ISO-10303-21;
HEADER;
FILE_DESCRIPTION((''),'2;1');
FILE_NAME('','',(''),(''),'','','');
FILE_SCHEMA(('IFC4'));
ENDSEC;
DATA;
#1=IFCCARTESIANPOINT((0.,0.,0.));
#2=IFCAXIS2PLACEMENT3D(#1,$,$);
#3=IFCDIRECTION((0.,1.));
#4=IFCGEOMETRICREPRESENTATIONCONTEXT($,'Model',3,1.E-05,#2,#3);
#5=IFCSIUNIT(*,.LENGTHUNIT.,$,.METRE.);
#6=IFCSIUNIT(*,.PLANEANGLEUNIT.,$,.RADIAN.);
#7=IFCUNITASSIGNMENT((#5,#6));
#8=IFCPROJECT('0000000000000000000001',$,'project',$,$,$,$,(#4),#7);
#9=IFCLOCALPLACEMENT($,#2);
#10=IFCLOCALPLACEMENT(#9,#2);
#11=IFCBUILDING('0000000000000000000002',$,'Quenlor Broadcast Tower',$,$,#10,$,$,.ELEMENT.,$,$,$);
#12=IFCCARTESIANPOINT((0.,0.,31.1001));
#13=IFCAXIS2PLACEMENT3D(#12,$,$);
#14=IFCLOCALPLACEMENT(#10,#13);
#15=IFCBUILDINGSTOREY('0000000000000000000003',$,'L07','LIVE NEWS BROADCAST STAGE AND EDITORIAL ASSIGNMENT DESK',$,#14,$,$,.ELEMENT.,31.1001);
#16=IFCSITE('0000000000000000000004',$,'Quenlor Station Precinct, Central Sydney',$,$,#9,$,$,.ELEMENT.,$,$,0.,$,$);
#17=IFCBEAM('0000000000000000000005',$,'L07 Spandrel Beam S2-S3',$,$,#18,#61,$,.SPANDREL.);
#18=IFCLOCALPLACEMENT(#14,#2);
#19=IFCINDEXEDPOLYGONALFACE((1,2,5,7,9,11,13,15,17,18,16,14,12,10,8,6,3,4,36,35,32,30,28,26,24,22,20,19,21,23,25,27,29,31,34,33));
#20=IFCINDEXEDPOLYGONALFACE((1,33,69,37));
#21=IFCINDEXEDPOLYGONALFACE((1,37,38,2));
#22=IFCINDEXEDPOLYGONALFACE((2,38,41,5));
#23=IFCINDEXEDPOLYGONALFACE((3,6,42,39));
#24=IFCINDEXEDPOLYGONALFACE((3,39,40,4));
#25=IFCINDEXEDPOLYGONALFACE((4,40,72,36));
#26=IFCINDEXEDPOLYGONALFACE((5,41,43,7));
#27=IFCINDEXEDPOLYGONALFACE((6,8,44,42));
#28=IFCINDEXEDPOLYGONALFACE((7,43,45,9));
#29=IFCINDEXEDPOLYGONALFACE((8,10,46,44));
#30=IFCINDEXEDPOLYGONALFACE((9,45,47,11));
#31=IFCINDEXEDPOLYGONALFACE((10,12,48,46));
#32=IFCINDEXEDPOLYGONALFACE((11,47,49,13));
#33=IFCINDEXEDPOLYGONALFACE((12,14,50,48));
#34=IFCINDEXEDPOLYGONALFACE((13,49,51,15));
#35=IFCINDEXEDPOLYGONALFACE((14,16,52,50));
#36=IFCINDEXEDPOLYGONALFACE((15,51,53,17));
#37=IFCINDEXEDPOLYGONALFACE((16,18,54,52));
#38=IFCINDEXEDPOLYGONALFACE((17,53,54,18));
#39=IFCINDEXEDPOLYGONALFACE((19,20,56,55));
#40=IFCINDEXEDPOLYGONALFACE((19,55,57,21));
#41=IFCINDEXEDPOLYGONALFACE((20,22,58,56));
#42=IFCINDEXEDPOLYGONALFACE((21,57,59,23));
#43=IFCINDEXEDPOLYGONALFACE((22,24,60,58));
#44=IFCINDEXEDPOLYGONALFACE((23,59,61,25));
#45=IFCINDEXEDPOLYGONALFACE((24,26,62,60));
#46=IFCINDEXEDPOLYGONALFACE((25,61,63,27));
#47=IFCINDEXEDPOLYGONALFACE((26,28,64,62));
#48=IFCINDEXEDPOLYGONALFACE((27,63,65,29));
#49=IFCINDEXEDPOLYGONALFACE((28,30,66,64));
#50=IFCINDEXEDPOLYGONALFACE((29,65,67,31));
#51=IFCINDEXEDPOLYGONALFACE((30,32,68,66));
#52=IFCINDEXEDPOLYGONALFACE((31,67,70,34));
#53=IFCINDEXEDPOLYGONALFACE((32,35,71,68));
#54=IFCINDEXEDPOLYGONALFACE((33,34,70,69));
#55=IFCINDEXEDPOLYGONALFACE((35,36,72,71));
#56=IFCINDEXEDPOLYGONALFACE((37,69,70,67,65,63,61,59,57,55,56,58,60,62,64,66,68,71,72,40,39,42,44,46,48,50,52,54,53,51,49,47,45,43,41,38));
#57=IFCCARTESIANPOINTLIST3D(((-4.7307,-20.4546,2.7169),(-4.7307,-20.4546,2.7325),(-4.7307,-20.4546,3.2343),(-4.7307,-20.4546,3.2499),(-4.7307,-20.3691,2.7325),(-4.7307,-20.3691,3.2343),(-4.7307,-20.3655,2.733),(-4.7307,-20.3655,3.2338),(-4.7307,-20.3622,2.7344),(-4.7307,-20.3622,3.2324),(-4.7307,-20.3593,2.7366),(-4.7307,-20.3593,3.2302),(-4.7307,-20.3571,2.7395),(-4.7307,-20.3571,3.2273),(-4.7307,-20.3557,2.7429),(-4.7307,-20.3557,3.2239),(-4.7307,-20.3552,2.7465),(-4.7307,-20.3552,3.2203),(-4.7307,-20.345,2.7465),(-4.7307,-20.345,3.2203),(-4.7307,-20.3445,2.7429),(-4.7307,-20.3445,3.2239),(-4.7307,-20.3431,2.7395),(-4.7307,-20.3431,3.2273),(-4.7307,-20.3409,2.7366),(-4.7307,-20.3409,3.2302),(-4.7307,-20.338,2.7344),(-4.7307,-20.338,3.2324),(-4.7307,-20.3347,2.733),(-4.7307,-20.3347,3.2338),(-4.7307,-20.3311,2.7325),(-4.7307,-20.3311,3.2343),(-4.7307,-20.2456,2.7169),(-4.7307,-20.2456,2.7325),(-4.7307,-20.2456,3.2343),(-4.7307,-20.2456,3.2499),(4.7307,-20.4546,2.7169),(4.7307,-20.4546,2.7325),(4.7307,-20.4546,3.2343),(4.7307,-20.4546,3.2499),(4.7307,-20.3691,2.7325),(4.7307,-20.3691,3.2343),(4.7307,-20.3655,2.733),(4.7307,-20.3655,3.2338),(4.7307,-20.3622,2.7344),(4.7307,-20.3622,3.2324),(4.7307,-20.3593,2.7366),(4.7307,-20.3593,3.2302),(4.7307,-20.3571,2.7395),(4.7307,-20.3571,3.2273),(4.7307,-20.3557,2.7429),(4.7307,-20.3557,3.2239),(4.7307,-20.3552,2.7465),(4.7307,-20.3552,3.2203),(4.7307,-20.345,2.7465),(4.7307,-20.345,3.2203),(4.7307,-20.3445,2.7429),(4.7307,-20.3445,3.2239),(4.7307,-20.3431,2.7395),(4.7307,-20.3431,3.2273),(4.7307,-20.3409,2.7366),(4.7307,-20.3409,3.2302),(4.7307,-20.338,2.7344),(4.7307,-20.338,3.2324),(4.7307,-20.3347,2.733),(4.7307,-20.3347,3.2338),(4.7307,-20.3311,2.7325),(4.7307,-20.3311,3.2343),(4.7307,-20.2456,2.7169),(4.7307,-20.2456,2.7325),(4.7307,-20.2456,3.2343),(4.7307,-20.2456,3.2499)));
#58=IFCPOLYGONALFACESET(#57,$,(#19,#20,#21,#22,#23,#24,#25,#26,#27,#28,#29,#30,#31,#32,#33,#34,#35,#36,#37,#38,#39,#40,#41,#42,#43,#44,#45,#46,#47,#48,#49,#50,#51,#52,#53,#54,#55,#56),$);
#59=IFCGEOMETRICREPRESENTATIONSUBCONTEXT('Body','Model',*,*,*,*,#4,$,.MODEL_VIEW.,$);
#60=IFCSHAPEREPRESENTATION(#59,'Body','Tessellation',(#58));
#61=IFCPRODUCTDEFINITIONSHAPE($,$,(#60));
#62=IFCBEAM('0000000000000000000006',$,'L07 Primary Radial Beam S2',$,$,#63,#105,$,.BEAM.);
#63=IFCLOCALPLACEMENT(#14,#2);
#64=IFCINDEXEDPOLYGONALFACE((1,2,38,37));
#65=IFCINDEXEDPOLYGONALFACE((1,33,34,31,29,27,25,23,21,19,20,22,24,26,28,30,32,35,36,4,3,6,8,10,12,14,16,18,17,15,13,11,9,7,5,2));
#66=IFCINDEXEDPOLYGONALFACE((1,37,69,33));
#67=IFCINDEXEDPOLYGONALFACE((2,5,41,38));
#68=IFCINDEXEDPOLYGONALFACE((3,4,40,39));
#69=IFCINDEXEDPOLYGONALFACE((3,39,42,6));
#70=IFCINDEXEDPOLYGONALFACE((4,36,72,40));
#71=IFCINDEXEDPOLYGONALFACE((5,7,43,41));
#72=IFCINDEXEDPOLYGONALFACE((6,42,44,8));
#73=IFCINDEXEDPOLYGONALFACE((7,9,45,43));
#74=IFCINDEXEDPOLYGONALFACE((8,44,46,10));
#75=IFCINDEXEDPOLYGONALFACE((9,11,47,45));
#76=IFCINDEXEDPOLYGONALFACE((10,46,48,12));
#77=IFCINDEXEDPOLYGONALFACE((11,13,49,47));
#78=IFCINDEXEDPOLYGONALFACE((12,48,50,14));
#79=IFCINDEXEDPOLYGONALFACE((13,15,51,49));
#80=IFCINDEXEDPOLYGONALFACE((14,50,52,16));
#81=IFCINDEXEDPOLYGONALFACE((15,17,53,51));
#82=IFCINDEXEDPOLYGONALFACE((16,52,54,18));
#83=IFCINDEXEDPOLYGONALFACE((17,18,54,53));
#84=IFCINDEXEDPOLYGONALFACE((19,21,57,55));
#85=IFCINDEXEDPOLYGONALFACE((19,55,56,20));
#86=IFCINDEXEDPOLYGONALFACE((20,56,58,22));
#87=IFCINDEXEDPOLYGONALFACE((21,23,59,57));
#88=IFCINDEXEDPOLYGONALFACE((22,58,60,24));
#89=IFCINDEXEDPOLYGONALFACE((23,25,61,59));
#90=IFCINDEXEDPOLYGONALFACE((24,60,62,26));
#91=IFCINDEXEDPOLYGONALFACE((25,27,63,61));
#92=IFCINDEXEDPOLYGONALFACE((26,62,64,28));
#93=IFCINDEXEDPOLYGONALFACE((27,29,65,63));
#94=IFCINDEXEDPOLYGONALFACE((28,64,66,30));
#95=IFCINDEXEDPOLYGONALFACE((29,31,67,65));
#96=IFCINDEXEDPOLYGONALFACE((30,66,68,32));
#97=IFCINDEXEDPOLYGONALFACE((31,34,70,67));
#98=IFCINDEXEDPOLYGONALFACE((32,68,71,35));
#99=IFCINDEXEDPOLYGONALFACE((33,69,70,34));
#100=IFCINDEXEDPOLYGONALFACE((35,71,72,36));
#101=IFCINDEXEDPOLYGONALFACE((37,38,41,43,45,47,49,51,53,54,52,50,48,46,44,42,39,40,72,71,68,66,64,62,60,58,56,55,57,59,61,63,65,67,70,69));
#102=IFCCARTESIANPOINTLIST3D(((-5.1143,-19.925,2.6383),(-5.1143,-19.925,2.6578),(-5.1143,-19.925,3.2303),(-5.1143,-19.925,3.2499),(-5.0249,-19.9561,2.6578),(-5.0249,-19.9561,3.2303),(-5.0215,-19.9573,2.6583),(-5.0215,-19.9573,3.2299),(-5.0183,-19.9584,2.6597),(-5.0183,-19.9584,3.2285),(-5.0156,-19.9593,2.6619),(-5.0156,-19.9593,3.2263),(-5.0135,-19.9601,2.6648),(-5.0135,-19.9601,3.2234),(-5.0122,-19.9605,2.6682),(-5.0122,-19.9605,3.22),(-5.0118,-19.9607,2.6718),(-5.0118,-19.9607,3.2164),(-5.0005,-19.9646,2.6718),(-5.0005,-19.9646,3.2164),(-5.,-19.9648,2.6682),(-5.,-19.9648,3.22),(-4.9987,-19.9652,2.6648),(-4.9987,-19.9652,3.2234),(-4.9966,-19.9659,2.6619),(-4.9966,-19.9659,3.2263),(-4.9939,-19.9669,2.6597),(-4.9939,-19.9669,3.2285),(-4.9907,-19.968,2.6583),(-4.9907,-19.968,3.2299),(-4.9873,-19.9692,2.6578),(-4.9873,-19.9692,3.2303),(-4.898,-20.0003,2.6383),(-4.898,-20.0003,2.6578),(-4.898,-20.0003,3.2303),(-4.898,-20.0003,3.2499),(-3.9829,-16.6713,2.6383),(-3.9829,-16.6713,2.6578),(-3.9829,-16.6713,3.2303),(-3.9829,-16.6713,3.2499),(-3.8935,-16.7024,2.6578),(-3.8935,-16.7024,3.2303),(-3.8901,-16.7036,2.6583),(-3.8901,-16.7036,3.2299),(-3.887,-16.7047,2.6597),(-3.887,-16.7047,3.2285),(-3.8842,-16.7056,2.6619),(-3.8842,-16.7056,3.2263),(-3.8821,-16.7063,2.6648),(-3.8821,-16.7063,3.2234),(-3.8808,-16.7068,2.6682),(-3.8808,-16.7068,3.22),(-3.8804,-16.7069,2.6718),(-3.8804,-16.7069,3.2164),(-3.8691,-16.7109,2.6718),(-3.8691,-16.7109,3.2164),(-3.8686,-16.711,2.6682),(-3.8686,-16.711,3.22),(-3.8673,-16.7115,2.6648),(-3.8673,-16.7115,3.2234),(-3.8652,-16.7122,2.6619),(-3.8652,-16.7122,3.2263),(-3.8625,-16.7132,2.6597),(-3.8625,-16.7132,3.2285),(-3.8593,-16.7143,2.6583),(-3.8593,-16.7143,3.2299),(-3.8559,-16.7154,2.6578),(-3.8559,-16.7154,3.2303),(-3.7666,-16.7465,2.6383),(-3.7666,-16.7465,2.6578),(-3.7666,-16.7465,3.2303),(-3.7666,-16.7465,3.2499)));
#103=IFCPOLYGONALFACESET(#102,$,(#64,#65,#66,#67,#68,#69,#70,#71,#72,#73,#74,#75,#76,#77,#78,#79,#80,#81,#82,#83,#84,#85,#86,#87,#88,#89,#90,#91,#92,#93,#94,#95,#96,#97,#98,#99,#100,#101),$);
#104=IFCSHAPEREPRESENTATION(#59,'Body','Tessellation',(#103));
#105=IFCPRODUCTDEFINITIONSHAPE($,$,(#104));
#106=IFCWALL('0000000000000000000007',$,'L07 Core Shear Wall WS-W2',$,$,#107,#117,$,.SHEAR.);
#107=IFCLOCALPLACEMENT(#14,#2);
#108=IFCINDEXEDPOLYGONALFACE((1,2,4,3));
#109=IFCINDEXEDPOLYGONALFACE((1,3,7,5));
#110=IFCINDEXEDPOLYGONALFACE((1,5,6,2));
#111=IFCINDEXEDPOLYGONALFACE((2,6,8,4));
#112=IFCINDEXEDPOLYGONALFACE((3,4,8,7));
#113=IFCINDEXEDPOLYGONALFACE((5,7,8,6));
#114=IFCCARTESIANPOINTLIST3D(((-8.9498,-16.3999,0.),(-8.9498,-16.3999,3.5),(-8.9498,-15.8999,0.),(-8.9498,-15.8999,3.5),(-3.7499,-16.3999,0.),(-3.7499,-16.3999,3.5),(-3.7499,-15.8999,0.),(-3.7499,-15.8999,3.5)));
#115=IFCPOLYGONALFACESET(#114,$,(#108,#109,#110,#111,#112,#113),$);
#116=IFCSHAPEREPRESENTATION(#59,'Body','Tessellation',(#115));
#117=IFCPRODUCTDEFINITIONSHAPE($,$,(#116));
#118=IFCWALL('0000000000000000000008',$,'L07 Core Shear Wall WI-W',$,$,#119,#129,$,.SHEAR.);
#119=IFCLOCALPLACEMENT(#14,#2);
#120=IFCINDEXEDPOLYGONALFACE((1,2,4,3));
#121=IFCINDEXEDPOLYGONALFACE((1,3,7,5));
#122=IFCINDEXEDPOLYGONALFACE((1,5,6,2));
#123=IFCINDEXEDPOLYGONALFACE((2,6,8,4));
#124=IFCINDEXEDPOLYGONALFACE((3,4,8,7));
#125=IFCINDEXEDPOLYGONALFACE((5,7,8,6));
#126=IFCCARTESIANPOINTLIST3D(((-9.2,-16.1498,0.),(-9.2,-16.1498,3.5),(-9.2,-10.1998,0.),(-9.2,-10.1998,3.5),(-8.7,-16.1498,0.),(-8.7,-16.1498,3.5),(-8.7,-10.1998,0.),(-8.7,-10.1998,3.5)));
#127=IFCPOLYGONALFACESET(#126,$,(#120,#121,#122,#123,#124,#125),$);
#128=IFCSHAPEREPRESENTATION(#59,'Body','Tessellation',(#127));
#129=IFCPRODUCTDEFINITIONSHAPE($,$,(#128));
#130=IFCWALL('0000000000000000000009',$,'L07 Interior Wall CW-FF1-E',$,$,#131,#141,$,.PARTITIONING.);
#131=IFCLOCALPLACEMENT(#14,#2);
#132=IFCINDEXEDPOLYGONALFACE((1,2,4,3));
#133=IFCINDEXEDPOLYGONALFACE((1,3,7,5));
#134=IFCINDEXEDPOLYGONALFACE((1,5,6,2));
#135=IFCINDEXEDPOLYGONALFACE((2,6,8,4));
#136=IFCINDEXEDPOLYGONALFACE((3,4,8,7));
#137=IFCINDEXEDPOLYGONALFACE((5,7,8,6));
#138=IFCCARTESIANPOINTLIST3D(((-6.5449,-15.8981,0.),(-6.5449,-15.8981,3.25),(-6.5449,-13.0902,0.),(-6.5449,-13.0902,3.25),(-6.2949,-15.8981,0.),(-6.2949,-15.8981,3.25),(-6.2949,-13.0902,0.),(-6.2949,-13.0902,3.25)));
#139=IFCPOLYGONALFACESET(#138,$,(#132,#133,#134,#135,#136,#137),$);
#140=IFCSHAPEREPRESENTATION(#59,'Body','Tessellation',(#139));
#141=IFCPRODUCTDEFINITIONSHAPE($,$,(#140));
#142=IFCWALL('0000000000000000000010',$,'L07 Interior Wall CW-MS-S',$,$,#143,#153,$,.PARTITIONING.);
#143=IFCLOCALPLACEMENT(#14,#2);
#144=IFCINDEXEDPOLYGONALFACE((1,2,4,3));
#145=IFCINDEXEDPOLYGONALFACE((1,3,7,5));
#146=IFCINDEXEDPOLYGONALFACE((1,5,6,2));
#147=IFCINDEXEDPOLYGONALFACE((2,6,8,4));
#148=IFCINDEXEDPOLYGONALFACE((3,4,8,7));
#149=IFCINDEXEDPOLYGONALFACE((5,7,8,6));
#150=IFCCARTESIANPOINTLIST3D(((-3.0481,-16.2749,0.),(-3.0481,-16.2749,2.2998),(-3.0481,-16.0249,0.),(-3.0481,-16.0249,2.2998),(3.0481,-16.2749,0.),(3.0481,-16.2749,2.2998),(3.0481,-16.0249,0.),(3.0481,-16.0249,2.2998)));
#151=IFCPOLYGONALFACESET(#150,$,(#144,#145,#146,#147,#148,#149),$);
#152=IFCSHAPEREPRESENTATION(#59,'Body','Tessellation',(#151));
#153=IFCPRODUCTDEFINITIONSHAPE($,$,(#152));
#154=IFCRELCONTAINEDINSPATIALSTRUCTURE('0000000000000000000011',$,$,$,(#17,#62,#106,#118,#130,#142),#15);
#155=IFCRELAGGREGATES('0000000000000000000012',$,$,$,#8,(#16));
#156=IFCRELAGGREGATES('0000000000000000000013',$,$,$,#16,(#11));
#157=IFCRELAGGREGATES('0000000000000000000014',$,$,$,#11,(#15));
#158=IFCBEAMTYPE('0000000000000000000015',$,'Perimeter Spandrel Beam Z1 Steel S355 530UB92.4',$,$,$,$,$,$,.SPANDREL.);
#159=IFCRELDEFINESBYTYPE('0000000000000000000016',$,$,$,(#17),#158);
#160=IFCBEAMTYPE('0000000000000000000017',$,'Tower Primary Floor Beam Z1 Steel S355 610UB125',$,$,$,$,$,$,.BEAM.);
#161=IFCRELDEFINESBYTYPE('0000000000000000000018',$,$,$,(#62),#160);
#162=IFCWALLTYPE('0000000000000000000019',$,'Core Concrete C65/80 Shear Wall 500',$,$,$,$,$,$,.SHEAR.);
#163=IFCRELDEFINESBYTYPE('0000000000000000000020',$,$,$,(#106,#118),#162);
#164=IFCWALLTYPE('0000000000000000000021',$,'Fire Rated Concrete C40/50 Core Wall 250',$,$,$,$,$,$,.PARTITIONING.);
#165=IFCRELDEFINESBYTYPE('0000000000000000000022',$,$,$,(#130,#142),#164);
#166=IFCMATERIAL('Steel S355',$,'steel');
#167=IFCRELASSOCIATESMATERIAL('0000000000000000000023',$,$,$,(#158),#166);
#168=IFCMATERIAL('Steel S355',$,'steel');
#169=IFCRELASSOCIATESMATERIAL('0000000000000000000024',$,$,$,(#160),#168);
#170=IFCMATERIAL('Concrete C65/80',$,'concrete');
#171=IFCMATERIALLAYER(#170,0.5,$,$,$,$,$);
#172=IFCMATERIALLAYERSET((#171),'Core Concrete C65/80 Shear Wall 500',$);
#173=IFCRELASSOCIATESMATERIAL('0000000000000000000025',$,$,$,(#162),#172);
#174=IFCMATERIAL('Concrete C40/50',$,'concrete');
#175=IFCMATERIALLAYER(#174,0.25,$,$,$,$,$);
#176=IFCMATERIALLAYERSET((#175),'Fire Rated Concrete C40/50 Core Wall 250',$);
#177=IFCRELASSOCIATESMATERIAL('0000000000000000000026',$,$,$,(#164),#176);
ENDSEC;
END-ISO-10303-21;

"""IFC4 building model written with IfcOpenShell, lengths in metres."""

from ifc_helpers import new_model, si_unit, direction, frame, frame_2d, origin, origin_2d, place, context, subcontext, project, spatial, rectangle, i_section, extrude, material, layer, layer_set, material_profile, profile_set, type_object, element, save


model = new_model("IFC4")

# Units and contexts
model_context = context("Model", 3, precision=1e-05, world=origin(), true_north=direction((0.0, 1.0)))
body_context = subcontext(model_context, "Body", "Model", "MODEL_VIEW")
ifc_project = project(units=[si_unit("LENGTHUNIT", "METRE"), si_unit("PLANEANGLEUNIT", "RADIAN")], contexts=[model_context])

# Site, building, storey
site_placement = place(None, origin())
site = spatial("IfcSite", under=ifc_project, at=site_placement, Name="Quenlor Station Precinct, Central Sydney", CompositionType="ELEMENT", RefElevation=0.0)
building_placement = place(site_placement, origin())
building = spatial("IfcBuilding", under=site, at=building_placement, Name="Quenlor Broadcast Tower", CompositionType="ELEMENT")
storey_placement = place(building_placement, frame((0.0, 0.0, 31.1001)))
storey = spatial("IfcBuildingStorey", under=building, at=storey_placement, Name="L07", Description="LIVE NEWS BROADCAST STAGE AND EDITORIAL ASSIGNMENT DESK", CompositionType="ELEMENT", Elevation=31.1001)

# Beams
ifc_material_1 = material(Name="Steel S355", Category="steel")
ifc_material_profile_1 = material_profile(ifc_material_1, i_section(OverallWidth=0.209, OverallDepth=0.533, WebThickness=0.0103, FlangeThickness=0.0156, FilletRadius=0.0139, at=origin_2d()))
ifc_profile_set_1 = profile_set([ifc_material_profile_1], Name="Steel S355 530UB92.4")
beam_type_1 = type_object("IfcBeamType", Name="Perimeter Spandrel Beam Z1 Steel S355 530UB92.4", PredefinedType="SPANDREL", material=ifc_profile_set_1)
beam_1_placement = place(storey_placement, frame((-4.7307, -20.3501, 2.9834), z_axis=(1.0, 0.0, 0.0), x_axis=(0.0, 1.0, 0.0)))
element("IfcBeam", 1, at=beam_1_placement, inside=storey, type_object=beam_type_1, Name="L07 Spandrel Beam S2-S3", PredefinedType="SPANDREL", context=body_context, shape_type="SweptSolid", body=[
    extrude(i_section(OverallWidth=0.209, OverallDepth=0.533, WebThickness=0.0103, FlangeThickness=0.0156, FilletRadius=0.0139, at=origin_2d()), origin(), (0.0, 0.0, 1.0), 9.4614),
])
ifc_material_2 = material(Name="Steel S355", Category="steel")
ifc_material_profile_2 = material_profile(ifc_material_2, i_section(OverallWidth=0.229, OverallDepth=0.6116, WebThickness=0.012, FlangeThickness=0.0195, FilletRadius=0.0139, at=origin_2d()))
ifc_profile_set_2 = profile_set([ifc_material_profile_2], Name="Steel S355 610UB125")
beam_type_2 = type_object("IfcBeamType", Name="Tower Primary Floor Beam Z1 Steel S355 610UB125", PredefinedType="BEAM", material=ifc_profile_set_2)
beam_2_placement = place(storey_placement, frame((-5.0061, -19.9626, 2.9441), z_axis=(0.328427, 0.944529, 0.0), x_axis=(-0.944529, 0.328427, 0.0)))
element("IfcBeam", 2, at=beam_2_placement, inside=storey, type_object=beam_type_2, Name="L07 Primary Radial Beam S2", PredefinedType="BEAM", context=body_context, shape_type="SweptSolid", body=[
    extrude(i_section(OverallWidth=0.229, OverallDepth=0.6116, WebThickness=0.012, FlangeThickness=0.0195, FilletRadius=0.0139, at=origin_2d()), origin(), (0.0, 0.0, 1.0), 3.4448),
])

# Walls
ifc_material_3 = material(Name="Concrete C65/80", Category="concrete")
ifc_layer_1 = layer(ifc_material_3, 0.5)
ifc_layer_set_1 = layer_set([ifc_layer_1], Name="Core Concrete C65/80 Shear Wall 500")
wall_type_1 = type_object("IfcWallType", Name="Core Concrete C65/80 Shear Wall 500", PredefinedType="SHEAR", material=ifc_layer_set_1)
wall_1_placement = place(storey_placement, frame((-8.95, -16.1499, 0.0), z_axis=(0.0, 0.0, 1.0), x_axis=(1.0, 0.0, 0.0)))
element("IfcWall", 3, at=wall_1_placement, inside=storey, type_object=wall_type_1, Name="L07 Core Shear Wall WS-W2", PredefinedType="SHEAR", context=body_context, shape_type="SweptSolid", body=[
    extrude(rectangle(XDim=5.2, YDim=0.5, at=frame_2d((2.6001, 0.0))), origin(), (0.0, 0.0, 1.0), 3.5),
])
wall_2_placement = place(storey_placement, frame((-8.95, -16.1499, 0.0), z_axis=(0.0, 0.0, 1.0), x_axis=(0.0, 1.0, 0.0)))
element("IfcWall", 4, at=wall_2_placement, inside=storey, type_object=wall_type_1, Name="L07 Core Shear Wall WI-W", PredefinedType="SHEAR", context=body_context, shape_type="SweptSolid", body=[
    extrude(rectangle(XDim=5.95, YDim=0.5, at=frame_2d((2.9751, 0.0))), origin(), (0.0, 0.0, 1.0), 3.5),
])
ifc_material_4 = material(Name="Concrete C40/50", Category="concrete")
ifc_layer_2 = layer(ifc_material_4, 0.25)
ifc_layer_set_2 = layer_set([ifc_layer_2], Name="Fire Rated Concrete C40/50 Core Wall 250")
wall_type_2 = type_object("IfcWallType", Name="Fire Rated Concrete C40/50 Core Wall 250", PredefinedType="PARTITIONING", material=ifc_layer_set_2)
wall_3_placement = place(storey_placement, frame((-6.4199, -15.8979, 0.0), z_axis=(0.0, 0.0, 1.0), x_axis=(0.0, 1.0, 0.0)))
element("IfcWall", 5, at=wall_3_placement, inside=storey, type_object=wall_type_2, Name="L07 Interior Wall CW-FF1-E", PredefinedType="PARTITIONING", context=body_context, shape_type="SweptSolid", body=[
    extrude(rectangle(XDim=2.8079, YDim=0.25, at=frame_2d((1.4038, 0.0))), origin(), (0.0, 0.0, 1.0), 3.25),
])
wall_4_placement = place(storey_placement, frame((-3.0481, -16.1499, 0.0), z_axis=(0.0, 0.0, 1.0), x_axis=(1.0, 0.0, 0.0)))
element("IfcWall", 6, at=wall_4_placement, inside=storey, type_object=wall_type_2, Name="L07 Interior Wall CW-MS-S", PredefinedType="PARTITIONING", context=body_context, shape_type="SweptSolid", body=[
    extrude(rectangle(XDim=6.0962, YDim=0.25, at=frame_2d((3.0481, 0.0))), origin(), (0.0, 0.0, 1.0), 2.2998),
])

save(model, "model.ifc")
